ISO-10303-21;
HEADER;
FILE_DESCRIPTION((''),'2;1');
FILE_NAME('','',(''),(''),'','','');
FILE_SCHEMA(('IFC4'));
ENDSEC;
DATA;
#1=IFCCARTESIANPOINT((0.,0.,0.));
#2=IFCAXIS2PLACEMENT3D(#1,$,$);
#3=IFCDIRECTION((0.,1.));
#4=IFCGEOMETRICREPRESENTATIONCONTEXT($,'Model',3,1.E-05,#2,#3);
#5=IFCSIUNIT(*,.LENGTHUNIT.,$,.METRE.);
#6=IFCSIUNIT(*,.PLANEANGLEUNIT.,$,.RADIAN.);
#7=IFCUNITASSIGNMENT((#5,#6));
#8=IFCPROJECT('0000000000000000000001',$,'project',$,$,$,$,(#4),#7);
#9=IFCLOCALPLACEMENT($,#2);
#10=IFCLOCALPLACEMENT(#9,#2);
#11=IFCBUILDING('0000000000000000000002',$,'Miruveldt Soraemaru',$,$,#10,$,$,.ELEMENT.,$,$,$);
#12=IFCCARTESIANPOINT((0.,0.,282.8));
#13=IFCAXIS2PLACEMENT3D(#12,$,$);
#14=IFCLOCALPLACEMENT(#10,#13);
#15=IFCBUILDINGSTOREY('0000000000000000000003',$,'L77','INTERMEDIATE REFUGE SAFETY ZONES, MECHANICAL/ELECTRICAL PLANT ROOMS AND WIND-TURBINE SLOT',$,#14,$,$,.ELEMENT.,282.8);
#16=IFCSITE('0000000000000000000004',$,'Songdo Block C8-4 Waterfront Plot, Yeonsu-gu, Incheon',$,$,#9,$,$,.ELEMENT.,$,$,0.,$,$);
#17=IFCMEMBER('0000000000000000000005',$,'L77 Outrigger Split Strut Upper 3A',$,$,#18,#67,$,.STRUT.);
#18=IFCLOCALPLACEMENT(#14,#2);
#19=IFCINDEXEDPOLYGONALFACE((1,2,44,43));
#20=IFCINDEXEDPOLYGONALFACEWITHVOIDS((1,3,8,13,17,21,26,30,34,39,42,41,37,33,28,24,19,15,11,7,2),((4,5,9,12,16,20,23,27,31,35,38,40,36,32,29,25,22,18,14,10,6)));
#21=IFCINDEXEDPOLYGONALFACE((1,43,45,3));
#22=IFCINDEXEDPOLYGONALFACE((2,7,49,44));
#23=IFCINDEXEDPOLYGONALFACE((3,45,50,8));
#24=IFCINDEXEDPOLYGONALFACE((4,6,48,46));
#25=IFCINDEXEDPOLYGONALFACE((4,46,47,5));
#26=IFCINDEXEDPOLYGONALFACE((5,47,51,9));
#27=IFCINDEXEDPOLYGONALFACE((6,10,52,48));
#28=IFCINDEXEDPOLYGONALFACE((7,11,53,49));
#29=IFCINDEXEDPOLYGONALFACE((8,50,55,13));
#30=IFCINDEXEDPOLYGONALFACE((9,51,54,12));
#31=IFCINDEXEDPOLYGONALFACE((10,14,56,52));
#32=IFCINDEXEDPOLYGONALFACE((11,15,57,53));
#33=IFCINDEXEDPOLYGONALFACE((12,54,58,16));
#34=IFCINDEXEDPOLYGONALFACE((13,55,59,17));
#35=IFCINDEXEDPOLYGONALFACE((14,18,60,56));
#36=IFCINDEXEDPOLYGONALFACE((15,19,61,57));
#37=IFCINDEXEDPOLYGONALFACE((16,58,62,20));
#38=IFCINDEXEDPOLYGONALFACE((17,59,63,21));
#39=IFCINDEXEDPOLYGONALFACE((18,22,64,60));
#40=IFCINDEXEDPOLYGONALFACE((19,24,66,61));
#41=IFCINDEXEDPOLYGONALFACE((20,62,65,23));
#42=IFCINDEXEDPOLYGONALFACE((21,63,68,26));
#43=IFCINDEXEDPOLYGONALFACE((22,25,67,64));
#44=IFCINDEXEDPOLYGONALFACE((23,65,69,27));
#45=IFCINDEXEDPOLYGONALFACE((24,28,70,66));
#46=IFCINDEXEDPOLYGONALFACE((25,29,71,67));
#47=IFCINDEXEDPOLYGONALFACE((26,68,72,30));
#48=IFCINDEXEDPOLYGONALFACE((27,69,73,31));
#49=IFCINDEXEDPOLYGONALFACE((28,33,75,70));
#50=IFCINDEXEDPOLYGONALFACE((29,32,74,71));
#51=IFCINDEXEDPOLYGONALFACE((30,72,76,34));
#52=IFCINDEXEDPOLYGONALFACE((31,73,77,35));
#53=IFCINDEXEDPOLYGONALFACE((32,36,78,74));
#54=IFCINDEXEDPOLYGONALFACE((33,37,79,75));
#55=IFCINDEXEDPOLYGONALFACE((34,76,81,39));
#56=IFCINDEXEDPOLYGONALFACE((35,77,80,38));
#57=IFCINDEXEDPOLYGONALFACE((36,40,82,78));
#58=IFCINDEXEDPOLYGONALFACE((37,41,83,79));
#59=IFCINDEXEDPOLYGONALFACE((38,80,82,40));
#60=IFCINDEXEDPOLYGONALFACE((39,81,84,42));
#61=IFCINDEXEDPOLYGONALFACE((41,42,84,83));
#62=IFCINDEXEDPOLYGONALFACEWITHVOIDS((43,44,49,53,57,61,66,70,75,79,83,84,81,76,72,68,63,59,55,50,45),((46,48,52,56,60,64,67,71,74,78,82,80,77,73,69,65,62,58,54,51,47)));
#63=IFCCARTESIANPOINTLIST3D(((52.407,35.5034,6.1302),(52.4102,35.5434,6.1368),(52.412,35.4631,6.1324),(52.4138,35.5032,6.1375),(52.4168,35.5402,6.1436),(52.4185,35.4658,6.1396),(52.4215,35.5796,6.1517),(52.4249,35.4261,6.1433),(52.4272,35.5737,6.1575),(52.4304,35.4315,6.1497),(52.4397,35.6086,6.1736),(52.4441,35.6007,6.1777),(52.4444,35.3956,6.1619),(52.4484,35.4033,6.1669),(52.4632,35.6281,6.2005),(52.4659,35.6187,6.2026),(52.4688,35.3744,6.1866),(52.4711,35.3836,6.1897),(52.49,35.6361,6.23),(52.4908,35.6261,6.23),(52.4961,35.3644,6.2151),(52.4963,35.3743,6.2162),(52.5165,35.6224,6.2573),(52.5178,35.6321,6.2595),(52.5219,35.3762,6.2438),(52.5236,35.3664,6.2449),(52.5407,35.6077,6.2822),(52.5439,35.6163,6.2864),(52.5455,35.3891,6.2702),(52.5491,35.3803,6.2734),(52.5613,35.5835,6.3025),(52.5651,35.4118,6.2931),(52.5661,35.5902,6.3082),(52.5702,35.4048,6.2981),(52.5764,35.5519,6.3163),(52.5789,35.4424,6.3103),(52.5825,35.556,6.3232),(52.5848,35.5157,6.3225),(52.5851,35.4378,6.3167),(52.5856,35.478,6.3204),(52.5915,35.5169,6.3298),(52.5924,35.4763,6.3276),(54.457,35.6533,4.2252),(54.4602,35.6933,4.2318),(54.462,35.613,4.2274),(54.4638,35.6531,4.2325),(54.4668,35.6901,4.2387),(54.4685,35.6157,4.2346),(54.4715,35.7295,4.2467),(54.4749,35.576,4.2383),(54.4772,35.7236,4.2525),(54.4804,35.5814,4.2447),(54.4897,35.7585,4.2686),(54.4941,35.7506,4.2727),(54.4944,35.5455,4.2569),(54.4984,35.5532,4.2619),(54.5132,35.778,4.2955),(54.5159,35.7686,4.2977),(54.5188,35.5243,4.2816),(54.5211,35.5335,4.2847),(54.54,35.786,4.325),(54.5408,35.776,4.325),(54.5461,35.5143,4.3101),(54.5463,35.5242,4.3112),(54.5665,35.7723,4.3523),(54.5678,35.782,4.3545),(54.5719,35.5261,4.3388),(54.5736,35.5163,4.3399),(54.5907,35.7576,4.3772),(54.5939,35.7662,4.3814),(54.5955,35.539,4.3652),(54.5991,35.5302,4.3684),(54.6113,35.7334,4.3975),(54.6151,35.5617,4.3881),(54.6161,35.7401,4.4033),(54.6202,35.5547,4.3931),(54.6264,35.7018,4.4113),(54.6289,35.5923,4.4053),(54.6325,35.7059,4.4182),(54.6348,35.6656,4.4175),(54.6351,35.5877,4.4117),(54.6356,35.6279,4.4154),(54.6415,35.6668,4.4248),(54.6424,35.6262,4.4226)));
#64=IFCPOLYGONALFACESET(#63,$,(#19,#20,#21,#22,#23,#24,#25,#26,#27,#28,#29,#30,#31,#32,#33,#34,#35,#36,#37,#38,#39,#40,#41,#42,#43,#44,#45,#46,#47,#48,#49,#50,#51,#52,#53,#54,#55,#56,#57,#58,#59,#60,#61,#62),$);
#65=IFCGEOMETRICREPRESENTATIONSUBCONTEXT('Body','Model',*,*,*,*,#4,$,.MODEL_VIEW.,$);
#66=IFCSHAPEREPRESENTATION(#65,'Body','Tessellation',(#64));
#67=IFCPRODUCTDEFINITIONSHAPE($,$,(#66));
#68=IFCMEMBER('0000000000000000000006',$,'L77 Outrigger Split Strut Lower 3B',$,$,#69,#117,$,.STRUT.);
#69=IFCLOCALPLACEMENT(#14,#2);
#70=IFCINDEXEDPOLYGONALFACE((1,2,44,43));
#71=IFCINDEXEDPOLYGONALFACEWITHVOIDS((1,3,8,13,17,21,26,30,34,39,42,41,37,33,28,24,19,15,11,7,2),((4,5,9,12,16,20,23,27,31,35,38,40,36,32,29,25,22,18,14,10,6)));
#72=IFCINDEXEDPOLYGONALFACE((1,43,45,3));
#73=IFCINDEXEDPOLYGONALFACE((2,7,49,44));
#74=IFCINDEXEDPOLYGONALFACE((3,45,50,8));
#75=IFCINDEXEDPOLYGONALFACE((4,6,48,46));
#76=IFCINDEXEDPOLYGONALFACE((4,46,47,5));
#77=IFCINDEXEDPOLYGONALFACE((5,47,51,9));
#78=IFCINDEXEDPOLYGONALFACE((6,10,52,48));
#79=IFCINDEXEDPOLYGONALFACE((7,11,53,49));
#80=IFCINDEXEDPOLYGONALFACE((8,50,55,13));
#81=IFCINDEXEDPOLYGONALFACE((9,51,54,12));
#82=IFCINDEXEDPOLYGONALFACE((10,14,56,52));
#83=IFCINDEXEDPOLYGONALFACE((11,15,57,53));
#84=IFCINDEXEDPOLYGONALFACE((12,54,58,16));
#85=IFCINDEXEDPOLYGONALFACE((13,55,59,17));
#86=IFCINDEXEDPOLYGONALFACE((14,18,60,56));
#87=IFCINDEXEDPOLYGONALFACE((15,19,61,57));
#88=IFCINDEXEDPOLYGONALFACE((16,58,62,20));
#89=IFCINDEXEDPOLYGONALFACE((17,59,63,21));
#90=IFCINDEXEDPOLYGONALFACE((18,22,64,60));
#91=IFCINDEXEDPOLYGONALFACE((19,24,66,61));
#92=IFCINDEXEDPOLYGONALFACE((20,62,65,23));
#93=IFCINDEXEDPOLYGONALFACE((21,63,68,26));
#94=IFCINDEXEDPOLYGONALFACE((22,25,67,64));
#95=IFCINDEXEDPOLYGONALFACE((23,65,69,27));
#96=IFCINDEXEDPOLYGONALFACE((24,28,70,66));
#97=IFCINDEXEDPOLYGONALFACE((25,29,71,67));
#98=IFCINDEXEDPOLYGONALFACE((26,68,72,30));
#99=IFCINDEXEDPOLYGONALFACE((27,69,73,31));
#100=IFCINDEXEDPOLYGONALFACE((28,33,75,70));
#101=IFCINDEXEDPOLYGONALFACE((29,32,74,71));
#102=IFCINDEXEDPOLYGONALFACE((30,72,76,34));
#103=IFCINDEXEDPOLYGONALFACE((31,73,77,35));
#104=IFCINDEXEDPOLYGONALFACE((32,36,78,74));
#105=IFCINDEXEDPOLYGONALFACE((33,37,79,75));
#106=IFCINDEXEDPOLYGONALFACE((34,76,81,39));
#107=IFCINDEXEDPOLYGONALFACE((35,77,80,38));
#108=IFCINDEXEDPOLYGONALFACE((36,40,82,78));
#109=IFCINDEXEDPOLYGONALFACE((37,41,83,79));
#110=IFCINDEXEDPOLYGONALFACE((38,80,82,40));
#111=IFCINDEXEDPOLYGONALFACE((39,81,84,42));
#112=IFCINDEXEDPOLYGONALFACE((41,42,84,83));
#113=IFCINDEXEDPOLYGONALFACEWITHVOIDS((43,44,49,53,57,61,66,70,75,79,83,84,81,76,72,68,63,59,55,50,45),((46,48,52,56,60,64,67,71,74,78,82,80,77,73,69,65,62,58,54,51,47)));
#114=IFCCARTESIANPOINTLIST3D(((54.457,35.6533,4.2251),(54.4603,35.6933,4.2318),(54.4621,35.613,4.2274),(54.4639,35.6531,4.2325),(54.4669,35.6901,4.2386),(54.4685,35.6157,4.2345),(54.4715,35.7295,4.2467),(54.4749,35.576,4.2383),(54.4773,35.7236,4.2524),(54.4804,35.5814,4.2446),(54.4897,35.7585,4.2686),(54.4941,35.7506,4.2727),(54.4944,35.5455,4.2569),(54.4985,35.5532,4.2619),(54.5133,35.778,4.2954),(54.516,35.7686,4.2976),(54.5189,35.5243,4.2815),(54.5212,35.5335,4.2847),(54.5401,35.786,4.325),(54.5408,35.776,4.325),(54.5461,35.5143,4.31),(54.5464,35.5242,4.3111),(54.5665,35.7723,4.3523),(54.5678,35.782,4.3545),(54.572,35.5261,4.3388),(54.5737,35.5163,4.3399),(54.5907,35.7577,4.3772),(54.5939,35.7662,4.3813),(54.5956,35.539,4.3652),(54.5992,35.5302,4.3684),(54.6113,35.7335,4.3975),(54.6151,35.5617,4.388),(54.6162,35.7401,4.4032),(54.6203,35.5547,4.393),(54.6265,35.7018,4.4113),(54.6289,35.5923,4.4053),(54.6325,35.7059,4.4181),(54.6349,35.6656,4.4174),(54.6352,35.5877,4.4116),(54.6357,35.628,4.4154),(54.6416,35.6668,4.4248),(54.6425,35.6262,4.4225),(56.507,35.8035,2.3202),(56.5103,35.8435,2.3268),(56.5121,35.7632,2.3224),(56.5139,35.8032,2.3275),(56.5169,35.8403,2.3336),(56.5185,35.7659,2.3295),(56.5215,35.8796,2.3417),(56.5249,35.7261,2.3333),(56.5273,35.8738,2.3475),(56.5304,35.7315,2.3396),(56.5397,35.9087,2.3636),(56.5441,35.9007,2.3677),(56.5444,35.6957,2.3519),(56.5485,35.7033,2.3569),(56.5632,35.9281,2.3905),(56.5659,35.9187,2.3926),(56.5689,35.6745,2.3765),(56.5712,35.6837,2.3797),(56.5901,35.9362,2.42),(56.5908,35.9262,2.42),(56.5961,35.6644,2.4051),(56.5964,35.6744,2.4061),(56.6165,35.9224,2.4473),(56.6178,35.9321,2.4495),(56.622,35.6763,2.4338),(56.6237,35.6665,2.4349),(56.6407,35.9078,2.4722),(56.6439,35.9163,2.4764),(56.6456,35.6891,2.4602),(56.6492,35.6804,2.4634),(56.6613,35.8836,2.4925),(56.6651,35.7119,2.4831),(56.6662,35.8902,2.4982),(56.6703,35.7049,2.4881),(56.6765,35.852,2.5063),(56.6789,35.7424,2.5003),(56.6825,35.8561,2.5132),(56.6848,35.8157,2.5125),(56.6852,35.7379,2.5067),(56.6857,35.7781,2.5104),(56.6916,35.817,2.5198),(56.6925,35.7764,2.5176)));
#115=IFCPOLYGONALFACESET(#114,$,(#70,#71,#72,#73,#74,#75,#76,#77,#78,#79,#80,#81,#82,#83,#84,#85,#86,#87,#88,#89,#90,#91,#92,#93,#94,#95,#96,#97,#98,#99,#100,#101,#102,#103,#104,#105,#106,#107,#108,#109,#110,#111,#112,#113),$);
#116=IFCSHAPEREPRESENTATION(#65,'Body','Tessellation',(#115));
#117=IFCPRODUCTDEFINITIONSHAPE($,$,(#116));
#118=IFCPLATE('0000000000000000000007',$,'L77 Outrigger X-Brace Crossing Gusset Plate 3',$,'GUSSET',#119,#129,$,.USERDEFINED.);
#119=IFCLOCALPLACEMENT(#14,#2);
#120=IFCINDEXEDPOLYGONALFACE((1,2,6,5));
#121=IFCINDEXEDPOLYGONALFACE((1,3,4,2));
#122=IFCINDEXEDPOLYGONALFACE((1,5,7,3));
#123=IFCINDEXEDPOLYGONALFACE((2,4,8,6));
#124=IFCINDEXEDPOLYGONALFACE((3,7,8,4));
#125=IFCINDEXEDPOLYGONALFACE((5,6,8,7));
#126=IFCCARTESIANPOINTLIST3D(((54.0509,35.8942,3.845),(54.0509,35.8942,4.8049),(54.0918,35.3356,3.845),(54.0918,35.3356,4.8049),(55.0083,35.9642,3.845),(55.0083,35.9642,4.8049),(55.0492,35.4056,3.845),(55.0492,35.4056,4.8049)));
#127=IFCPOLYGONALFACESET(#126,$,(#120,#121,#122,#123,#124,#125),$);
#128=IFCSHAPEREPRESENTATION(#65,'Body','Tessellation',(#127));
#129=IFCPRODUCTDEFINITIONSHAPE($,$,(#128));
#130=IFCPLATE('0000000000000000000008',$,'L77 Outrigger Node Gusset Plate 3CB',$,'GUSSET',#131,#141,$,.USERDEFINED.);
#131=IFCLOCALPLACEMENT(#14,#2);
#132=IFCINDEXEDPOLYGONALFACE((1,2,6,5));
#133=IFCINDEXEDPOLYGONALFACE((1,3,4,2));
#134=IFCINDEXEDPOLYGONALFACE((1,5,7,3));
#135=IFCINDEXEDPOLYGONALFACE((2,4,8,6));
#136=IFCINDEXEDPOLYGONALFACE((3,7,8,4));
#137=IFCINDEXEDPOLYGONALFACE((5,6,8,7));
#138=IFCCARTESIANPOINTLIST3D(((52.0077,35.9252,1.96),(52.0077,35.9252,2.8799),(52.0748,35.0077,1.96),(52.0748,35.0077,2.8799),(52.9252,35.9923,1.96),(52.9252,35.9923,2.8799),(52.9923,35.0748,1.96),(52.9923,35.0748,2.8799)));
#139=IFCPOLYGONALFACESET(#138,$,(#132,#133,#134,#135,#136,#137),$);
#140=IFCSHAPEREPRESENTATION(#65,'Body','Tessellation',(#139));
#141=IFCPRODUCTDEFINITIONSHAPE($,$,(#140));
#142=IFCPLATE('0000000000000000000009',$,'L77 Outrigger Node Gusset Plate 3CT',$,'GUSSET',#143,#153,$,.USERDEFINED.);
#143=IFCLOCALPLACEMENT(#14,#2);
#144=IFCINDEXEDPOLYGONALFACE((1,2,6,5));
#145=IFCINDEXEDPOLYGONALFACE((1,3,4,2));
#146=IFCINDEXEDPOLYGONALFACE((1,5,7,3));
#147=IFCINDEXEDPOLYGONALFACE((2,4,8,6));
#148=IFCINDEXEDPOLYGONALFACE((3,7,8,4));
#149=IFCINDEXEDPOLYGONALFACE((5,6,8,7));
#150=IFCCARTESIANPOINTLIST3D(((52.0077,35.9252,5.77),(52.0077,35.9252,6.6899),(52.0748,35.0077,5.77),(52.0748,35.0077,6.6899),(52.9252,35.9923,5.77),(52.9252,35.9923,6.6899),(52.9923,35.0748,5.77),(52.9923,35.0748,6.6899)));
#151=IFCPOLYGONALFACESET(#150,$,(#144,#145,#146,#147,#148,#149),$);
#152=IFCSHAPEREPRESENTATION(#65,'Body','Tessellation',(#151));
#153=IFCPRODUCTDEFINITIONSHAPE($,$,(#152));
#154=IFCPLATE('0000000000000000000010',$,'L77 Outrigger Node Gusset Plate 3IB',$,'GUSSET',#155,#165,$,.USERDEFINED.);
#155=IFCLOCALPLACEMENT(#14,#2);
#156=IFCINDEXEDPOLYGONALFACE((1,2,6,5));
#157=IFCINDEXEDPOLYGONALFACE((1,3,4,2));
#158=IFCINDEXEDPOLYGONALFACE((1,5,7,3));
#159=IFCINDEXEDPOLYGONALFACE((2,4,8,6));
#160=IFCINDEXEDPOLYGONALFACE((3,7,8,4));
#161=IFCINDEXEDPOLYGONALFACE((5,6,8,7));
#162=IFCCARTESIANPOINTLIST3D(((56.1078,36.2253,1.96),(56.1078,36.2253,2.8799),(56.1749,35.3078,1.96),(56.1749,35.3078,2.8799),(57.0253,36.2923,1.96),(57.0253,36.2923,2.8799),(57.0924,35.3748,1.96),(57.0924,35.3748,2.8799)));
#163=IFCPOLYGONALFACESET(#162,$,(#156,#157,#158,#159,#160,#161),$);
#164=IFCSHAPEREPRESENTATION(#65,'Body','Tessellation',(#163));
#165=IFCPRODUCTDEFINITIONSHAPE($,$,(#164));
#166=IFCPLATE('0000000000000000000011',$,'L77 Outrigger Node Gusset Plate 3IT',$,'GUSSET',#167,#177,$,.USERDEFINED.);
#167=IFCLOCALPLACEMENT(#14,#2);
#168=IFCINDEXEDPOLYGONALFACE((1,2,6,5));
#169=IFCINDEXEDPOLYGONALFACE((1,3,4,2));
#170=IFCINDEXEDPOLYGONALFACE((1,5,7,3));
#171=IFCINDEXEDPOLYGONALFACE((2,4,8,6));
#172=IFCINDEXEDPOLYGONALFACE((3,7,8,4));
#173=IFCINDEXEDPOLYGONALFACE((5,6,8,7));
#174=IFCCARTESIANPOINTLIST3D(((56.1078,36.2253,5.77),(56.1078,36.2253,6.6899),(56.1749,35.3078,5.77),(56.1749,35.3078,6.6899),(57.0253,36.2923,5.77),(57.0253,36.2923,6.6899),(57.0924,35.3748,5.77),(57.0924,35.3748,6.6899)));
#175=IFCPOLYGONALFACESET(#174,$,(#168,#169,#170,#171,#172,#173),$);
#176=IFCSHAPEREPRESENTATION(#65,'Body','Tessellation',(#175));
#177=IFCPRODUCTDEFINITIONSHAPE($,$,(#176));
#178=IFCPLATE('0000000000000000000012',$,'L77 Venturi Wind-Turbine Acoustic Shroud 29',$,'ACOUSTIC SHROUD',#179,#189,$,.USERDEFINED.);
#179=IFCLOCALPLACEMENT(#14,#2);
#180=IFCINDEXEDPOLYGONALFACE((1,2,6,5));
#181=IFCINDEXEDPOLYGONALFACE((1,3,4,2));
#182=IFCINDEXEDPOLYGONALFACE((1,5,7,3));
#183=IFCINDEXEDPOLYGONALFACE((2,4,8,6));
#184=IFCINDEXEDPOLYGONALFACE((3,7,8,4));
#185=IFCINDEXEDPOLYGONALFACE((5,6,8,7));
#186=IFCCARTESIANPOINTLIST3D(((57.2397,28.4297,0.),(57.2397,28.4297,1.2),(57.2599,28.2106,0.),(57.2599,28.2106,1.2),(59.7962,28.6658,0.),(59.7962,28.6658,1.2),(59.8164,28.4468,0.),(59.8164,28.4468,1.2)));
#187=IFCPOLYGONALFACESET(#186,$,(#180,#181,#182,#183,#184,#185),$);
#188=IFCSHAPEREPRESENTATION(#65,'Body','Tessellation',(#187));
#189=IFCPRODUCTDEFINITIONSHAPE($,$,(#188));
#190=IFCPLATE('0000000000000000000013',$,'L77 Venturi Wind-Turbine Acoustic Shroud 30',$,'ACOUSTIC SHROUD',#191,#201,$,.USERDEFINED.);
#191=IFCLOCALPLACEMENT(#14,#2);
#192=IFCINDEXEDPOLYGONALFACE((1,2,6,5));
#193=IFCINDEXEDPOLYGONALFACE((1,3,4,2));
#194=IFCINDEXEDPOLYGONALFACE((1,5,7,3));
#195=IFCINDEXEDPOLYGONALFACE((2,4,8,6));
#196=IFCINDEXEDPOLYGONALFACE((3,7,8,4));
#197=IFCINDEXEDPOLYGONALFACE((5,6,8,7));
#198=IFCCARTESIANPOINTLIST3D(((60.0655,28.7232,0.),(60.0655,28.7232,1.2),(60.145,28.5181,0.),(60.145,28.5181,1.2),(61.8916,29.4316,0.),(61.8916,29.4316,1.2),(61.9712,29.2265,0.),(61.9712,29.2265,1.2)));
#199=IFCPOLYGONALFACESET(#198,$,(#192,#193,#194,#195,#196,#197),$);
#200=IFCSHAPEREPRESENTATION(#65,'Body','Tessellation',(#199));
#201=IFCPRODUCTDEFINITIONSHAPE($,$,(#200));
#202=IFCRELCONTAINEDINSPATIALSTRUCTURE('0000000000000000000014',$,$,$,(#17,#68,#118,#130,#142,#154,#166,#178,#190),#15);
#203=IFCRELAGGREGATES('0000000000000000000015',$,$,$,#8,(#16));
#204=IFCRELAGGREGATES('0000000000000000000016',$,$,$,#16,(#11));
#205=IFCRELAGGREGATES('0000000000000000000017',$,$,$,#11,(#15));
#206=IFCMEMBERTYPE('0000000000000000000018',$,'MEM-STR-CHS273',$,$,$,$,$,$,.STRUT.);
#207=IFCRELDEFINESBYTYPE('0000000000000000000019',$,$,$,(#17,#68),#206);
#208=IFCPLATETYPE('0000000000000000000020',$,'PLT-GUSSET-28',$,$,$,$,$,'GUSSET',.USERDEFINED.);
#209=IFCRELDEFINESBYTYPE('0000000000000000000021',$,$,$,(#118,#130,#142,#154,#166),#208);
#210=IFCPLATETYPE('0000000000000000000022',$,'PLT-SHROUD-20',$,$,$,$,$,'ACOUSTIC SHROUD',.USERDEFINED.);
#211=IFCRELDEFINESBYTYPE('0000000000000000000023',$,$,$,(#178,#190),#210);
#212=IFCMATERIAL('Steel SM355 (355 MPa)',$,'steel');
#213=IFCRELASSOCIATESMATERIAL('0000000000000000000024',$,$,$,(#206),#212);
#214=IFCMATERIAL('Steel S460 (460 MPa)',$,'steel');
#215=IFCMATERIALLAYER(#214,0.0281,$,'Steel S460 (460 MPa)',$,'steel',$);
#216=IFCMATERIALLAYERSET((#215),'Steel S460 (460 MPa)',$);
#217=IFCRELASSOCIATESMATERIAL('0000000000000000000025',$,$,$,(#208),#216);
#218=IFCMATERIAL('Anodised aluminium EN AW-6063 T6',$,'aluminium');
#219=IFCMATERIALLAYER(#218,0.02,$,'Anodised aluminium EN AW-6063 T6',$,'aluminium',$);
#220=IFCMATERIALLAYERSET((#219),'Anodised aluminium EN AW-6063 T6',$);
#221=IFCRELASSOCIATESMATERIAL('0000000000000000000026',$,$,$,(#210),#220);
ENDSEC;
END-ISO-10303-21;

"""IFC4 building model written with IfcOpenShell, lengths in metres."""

from ifc_helpers import new_model, si_unit, direction, frame, origin, origin_2d, place, context, subcontext, project, spatial, rectangle, hollow_circle, extrude, material, layer, layer_set, material_profile, profile_set, type_object, element, save


model = new_model("IFC4")

# Units and contexts
model_context = context("Model", 3, precision=1e-05, world=origin(), true_north=direction((0.0, 1.0)))
body_context = subcontext(model_context, "Body", "Model", "MODEL_VIEW")
ifc_project = project(units=[si_unit("LENGTHUNIT", "METRE"), si_unit("PLANEANGLEUNIT", "RADIAN")], contexts=[model_context])

# Site, building, storey
site_placement = place(None, origin())
site = spatial("IfcSite", under=ifc_project, at=site_placement, Name="Songdo Block C8-4 Waterfront Plot, Yeonsu-gu, Incheon", CompositionType="ELEMENT", RefElevation=0.0)
building_placement = place(site_placement, origin())
building = spatial("IfcBuilding", under=site, at=building_placement, Name="Miruveldt Soraemaru", CompositionType="ELEMENT")
storey_placement = place(building_placement, frame((0.0, 0.0, 282.8)))
storey = spatial("IfcBuildingStorey", under=building, at=storey_placement, Name="L77", Description="INTERMEDIATE REFUGE SAFETY ZONES, MECHANICAL/ELECTRICAL PLANT ROOMS AND WIND-TURBINE SLOT", CompositionType="ELEMENT", Elevation=282.8)

# Shared definitions
ifc_material_1 = material(Name="Steel SM355 (355 MPa)", Category="steel")

# Members
ifc_material_2 = material(Name="Steel S460 (460 MPa)", Category="steel")
ifc_material_profile_1 = material_profile(ifc_material_1, hollow_circle(Radius=0.1365, WallThickness=0.01, at=origin_2d()), Name="Steel SM355 (355 MPa)", Category="steel")
ifc_profile_set_1 = profile_set([ifc_material_profile_1], Name="Steel SM355 (355 MPa)")
member_type_1 = type_object("IfcMemberType", Name="MEM-STR-CHS273", PredefinedType="STRUT", material=ifc_profile_set_1)
for number, where, z_axis, x_axis, name in (
    (1, (52.5, 35.5, 6.23), (0.731493, 0.053488, -0.679748), (-0.072927, 0.997337, 0.0), "L77 Outrigger Split Strut Upper 3A"),
    (2, (54.55, 35.6499, 4.325), (0.73149, 0.053575, -0.679744), (-0.073045, 0.997329, 0.0), "L77 Outrigger Split Strut Lower 3B"),
):
    element("IfcMember", number, at=place(storey_placement, frame(where, z_axis=z_axis, x_axis=x_axis)), inside=storey, type_object=member_type_1, Name=name, PredefinedType="STRUT", context=body_context, shape_type="SweptSolid", body=[
        extrude(hollow_circle(Radius=0.1365, WallThickness=0.01, at=origin_2d()), origin(), (0.0, 0.0, 1.0), 2.8025),
    ])

# Plates
ifc_layer_1 = layer(ifc_material_2, 0.0281, Name="Steel S460 (460 MPa)", Category="steel")
ifc_layer_set_1 = layer_set([ifc_layer_1], Name="Steel S460 (460 MPa)")
plate_type_1 = type_object("IfcPlateType", Name="PLT-GUSSET-28", ElementType="GUSSET", PredefinedType="USERDEFINED", material=ifc_layer_set_1)
plate_1_placement = place(storey_placement, frame((54.55, 35.6499, 3.845), z_axis=(0.0, 0.0, 1.0), x_axis=(0.99734, 0.07289, 0.0)))
element("IfcPlate", 3, at=plate_1_placement, inside=storey, type_object=plate_type_1, Name="L77 Outrigger X-Brace Crossing Gusset Plate 3", ObjectType="GUSSET", PredefinedType="USERDEFINED", context=body_context, shape_type="SweptSolid", body=[
    extrude(rectangle(XDim=0.96, YDim=0.5601, at=origin_2d()), origin(), (0.0, 0.0, 1.0), 0.96),
])
for number, where, z_axis, x_axis, name in (
    (4, (52.5, 35.5, 1.96), (0.0, 0.0, 1.0), (0.99734, 0.07289, 0.0), "L77 Outrigger Node Gusset Plate 3CB"),
    (5, (52.5, 35.5, 5.77), (0.0, 0.0, 1.0), (0.99734, 0.07289, 0.0), "L77 Outrigger Node Gusset Plate 3CT"),
    (6, (56.6001, 35.8, 1.96), (0.0, 0.0, 1.0), (0.99734, 0.07289, 0.0), "L77 Outrigger Node Gusset Plate 3IB"),
    (7, (56.6001, 35.8, 5.77), (0.0, 0.0, 1.0), (0.99734, 0.07289, 0.0), "L77 Outrigger Node Gusset Plate 3IT"),
):
    element("IfcPlate", number, at=place(storey_placement, frame(where, z_axis=z_axis, x_axis=x_axis)), inside=storey, type_object=plate_type_1, Name=name, ObjectType="GUSSET", PredefinedType="USERDEFINED", context=body_context, shape_type="SweptSolid", body=[
        extrude(rectangle(XDim=0.9199, YDim=0.9199, at=origin_2d()), origin(), (0.0, 0.0, 1.0), 0.9199),
    ])
ifc_material_3 = material(Name="Anodised aluminium EN AW-6063 T6", Category="aluminium")
ifc_layer_2 = layer(ifc_material_3, 0.02, Name="Anodised aluminium EN AW-6063 T6", Category="aluminium")
ifc_layer_set_2 = layer_set([ifc_layer_2], Name="Anodised aluminium EN AW-6063 T6")
plate_type_2 = type_object("IfcPlateType", Name="PLT-SHROUD-20", ElementType="ACOUSTIC SHROUD", PredefinedType="USERDEFINED", material=ifc_layer_set_2)
plate_2_placement = place(storey_placement, frame((58.5281, 28.4382, 0.0), z_axis=(0.0, 0.0, 1.0), x_axis=(0.99576, 0.091988, 0.0)))
element("IfcPlate", 8, at=plate_2_placement, inside=storey, type_object=plate_type_2, Name="L77 Venturi Wind-Turbine Acoustic Shroud 29", ObjectType="ACOUSTIC SHROUD", PredefinedType="USERDEFINED", context=body_context, shape_type="SweptSolid", body=[
    extrude(rectangle(XDim=2.5674, YDim=0.22, at=origin_2d()), origin(), (0.0, 0.0, 1.0), 1.2),
])
plate_3_placement = place(storey_placement, frame((61.0183, 28.9749, 0.0), z_axis=(0.0, 0.0, 1.0), x_axis=(0.932299, 0.36169, 0.0)))
element("IfcPlate", 9, at=plate_3_placement, inside=storey, type_object=plate_type_2, Name="L77 Venturi Wind-Turbine Acoustic Shroud 30", ObjectType="ACOUSTIC SHROUD", PredefinedType="USERDEFINED", context=body_context, shape_type="SweptSolid", body=[
    extrude(rectangle(XDim=1.9587, YDim=0.22, at=origin_2d()), origin(), (0.0, 0.0, 1.0), 1.2),
])

save(model, "model.ifc")
